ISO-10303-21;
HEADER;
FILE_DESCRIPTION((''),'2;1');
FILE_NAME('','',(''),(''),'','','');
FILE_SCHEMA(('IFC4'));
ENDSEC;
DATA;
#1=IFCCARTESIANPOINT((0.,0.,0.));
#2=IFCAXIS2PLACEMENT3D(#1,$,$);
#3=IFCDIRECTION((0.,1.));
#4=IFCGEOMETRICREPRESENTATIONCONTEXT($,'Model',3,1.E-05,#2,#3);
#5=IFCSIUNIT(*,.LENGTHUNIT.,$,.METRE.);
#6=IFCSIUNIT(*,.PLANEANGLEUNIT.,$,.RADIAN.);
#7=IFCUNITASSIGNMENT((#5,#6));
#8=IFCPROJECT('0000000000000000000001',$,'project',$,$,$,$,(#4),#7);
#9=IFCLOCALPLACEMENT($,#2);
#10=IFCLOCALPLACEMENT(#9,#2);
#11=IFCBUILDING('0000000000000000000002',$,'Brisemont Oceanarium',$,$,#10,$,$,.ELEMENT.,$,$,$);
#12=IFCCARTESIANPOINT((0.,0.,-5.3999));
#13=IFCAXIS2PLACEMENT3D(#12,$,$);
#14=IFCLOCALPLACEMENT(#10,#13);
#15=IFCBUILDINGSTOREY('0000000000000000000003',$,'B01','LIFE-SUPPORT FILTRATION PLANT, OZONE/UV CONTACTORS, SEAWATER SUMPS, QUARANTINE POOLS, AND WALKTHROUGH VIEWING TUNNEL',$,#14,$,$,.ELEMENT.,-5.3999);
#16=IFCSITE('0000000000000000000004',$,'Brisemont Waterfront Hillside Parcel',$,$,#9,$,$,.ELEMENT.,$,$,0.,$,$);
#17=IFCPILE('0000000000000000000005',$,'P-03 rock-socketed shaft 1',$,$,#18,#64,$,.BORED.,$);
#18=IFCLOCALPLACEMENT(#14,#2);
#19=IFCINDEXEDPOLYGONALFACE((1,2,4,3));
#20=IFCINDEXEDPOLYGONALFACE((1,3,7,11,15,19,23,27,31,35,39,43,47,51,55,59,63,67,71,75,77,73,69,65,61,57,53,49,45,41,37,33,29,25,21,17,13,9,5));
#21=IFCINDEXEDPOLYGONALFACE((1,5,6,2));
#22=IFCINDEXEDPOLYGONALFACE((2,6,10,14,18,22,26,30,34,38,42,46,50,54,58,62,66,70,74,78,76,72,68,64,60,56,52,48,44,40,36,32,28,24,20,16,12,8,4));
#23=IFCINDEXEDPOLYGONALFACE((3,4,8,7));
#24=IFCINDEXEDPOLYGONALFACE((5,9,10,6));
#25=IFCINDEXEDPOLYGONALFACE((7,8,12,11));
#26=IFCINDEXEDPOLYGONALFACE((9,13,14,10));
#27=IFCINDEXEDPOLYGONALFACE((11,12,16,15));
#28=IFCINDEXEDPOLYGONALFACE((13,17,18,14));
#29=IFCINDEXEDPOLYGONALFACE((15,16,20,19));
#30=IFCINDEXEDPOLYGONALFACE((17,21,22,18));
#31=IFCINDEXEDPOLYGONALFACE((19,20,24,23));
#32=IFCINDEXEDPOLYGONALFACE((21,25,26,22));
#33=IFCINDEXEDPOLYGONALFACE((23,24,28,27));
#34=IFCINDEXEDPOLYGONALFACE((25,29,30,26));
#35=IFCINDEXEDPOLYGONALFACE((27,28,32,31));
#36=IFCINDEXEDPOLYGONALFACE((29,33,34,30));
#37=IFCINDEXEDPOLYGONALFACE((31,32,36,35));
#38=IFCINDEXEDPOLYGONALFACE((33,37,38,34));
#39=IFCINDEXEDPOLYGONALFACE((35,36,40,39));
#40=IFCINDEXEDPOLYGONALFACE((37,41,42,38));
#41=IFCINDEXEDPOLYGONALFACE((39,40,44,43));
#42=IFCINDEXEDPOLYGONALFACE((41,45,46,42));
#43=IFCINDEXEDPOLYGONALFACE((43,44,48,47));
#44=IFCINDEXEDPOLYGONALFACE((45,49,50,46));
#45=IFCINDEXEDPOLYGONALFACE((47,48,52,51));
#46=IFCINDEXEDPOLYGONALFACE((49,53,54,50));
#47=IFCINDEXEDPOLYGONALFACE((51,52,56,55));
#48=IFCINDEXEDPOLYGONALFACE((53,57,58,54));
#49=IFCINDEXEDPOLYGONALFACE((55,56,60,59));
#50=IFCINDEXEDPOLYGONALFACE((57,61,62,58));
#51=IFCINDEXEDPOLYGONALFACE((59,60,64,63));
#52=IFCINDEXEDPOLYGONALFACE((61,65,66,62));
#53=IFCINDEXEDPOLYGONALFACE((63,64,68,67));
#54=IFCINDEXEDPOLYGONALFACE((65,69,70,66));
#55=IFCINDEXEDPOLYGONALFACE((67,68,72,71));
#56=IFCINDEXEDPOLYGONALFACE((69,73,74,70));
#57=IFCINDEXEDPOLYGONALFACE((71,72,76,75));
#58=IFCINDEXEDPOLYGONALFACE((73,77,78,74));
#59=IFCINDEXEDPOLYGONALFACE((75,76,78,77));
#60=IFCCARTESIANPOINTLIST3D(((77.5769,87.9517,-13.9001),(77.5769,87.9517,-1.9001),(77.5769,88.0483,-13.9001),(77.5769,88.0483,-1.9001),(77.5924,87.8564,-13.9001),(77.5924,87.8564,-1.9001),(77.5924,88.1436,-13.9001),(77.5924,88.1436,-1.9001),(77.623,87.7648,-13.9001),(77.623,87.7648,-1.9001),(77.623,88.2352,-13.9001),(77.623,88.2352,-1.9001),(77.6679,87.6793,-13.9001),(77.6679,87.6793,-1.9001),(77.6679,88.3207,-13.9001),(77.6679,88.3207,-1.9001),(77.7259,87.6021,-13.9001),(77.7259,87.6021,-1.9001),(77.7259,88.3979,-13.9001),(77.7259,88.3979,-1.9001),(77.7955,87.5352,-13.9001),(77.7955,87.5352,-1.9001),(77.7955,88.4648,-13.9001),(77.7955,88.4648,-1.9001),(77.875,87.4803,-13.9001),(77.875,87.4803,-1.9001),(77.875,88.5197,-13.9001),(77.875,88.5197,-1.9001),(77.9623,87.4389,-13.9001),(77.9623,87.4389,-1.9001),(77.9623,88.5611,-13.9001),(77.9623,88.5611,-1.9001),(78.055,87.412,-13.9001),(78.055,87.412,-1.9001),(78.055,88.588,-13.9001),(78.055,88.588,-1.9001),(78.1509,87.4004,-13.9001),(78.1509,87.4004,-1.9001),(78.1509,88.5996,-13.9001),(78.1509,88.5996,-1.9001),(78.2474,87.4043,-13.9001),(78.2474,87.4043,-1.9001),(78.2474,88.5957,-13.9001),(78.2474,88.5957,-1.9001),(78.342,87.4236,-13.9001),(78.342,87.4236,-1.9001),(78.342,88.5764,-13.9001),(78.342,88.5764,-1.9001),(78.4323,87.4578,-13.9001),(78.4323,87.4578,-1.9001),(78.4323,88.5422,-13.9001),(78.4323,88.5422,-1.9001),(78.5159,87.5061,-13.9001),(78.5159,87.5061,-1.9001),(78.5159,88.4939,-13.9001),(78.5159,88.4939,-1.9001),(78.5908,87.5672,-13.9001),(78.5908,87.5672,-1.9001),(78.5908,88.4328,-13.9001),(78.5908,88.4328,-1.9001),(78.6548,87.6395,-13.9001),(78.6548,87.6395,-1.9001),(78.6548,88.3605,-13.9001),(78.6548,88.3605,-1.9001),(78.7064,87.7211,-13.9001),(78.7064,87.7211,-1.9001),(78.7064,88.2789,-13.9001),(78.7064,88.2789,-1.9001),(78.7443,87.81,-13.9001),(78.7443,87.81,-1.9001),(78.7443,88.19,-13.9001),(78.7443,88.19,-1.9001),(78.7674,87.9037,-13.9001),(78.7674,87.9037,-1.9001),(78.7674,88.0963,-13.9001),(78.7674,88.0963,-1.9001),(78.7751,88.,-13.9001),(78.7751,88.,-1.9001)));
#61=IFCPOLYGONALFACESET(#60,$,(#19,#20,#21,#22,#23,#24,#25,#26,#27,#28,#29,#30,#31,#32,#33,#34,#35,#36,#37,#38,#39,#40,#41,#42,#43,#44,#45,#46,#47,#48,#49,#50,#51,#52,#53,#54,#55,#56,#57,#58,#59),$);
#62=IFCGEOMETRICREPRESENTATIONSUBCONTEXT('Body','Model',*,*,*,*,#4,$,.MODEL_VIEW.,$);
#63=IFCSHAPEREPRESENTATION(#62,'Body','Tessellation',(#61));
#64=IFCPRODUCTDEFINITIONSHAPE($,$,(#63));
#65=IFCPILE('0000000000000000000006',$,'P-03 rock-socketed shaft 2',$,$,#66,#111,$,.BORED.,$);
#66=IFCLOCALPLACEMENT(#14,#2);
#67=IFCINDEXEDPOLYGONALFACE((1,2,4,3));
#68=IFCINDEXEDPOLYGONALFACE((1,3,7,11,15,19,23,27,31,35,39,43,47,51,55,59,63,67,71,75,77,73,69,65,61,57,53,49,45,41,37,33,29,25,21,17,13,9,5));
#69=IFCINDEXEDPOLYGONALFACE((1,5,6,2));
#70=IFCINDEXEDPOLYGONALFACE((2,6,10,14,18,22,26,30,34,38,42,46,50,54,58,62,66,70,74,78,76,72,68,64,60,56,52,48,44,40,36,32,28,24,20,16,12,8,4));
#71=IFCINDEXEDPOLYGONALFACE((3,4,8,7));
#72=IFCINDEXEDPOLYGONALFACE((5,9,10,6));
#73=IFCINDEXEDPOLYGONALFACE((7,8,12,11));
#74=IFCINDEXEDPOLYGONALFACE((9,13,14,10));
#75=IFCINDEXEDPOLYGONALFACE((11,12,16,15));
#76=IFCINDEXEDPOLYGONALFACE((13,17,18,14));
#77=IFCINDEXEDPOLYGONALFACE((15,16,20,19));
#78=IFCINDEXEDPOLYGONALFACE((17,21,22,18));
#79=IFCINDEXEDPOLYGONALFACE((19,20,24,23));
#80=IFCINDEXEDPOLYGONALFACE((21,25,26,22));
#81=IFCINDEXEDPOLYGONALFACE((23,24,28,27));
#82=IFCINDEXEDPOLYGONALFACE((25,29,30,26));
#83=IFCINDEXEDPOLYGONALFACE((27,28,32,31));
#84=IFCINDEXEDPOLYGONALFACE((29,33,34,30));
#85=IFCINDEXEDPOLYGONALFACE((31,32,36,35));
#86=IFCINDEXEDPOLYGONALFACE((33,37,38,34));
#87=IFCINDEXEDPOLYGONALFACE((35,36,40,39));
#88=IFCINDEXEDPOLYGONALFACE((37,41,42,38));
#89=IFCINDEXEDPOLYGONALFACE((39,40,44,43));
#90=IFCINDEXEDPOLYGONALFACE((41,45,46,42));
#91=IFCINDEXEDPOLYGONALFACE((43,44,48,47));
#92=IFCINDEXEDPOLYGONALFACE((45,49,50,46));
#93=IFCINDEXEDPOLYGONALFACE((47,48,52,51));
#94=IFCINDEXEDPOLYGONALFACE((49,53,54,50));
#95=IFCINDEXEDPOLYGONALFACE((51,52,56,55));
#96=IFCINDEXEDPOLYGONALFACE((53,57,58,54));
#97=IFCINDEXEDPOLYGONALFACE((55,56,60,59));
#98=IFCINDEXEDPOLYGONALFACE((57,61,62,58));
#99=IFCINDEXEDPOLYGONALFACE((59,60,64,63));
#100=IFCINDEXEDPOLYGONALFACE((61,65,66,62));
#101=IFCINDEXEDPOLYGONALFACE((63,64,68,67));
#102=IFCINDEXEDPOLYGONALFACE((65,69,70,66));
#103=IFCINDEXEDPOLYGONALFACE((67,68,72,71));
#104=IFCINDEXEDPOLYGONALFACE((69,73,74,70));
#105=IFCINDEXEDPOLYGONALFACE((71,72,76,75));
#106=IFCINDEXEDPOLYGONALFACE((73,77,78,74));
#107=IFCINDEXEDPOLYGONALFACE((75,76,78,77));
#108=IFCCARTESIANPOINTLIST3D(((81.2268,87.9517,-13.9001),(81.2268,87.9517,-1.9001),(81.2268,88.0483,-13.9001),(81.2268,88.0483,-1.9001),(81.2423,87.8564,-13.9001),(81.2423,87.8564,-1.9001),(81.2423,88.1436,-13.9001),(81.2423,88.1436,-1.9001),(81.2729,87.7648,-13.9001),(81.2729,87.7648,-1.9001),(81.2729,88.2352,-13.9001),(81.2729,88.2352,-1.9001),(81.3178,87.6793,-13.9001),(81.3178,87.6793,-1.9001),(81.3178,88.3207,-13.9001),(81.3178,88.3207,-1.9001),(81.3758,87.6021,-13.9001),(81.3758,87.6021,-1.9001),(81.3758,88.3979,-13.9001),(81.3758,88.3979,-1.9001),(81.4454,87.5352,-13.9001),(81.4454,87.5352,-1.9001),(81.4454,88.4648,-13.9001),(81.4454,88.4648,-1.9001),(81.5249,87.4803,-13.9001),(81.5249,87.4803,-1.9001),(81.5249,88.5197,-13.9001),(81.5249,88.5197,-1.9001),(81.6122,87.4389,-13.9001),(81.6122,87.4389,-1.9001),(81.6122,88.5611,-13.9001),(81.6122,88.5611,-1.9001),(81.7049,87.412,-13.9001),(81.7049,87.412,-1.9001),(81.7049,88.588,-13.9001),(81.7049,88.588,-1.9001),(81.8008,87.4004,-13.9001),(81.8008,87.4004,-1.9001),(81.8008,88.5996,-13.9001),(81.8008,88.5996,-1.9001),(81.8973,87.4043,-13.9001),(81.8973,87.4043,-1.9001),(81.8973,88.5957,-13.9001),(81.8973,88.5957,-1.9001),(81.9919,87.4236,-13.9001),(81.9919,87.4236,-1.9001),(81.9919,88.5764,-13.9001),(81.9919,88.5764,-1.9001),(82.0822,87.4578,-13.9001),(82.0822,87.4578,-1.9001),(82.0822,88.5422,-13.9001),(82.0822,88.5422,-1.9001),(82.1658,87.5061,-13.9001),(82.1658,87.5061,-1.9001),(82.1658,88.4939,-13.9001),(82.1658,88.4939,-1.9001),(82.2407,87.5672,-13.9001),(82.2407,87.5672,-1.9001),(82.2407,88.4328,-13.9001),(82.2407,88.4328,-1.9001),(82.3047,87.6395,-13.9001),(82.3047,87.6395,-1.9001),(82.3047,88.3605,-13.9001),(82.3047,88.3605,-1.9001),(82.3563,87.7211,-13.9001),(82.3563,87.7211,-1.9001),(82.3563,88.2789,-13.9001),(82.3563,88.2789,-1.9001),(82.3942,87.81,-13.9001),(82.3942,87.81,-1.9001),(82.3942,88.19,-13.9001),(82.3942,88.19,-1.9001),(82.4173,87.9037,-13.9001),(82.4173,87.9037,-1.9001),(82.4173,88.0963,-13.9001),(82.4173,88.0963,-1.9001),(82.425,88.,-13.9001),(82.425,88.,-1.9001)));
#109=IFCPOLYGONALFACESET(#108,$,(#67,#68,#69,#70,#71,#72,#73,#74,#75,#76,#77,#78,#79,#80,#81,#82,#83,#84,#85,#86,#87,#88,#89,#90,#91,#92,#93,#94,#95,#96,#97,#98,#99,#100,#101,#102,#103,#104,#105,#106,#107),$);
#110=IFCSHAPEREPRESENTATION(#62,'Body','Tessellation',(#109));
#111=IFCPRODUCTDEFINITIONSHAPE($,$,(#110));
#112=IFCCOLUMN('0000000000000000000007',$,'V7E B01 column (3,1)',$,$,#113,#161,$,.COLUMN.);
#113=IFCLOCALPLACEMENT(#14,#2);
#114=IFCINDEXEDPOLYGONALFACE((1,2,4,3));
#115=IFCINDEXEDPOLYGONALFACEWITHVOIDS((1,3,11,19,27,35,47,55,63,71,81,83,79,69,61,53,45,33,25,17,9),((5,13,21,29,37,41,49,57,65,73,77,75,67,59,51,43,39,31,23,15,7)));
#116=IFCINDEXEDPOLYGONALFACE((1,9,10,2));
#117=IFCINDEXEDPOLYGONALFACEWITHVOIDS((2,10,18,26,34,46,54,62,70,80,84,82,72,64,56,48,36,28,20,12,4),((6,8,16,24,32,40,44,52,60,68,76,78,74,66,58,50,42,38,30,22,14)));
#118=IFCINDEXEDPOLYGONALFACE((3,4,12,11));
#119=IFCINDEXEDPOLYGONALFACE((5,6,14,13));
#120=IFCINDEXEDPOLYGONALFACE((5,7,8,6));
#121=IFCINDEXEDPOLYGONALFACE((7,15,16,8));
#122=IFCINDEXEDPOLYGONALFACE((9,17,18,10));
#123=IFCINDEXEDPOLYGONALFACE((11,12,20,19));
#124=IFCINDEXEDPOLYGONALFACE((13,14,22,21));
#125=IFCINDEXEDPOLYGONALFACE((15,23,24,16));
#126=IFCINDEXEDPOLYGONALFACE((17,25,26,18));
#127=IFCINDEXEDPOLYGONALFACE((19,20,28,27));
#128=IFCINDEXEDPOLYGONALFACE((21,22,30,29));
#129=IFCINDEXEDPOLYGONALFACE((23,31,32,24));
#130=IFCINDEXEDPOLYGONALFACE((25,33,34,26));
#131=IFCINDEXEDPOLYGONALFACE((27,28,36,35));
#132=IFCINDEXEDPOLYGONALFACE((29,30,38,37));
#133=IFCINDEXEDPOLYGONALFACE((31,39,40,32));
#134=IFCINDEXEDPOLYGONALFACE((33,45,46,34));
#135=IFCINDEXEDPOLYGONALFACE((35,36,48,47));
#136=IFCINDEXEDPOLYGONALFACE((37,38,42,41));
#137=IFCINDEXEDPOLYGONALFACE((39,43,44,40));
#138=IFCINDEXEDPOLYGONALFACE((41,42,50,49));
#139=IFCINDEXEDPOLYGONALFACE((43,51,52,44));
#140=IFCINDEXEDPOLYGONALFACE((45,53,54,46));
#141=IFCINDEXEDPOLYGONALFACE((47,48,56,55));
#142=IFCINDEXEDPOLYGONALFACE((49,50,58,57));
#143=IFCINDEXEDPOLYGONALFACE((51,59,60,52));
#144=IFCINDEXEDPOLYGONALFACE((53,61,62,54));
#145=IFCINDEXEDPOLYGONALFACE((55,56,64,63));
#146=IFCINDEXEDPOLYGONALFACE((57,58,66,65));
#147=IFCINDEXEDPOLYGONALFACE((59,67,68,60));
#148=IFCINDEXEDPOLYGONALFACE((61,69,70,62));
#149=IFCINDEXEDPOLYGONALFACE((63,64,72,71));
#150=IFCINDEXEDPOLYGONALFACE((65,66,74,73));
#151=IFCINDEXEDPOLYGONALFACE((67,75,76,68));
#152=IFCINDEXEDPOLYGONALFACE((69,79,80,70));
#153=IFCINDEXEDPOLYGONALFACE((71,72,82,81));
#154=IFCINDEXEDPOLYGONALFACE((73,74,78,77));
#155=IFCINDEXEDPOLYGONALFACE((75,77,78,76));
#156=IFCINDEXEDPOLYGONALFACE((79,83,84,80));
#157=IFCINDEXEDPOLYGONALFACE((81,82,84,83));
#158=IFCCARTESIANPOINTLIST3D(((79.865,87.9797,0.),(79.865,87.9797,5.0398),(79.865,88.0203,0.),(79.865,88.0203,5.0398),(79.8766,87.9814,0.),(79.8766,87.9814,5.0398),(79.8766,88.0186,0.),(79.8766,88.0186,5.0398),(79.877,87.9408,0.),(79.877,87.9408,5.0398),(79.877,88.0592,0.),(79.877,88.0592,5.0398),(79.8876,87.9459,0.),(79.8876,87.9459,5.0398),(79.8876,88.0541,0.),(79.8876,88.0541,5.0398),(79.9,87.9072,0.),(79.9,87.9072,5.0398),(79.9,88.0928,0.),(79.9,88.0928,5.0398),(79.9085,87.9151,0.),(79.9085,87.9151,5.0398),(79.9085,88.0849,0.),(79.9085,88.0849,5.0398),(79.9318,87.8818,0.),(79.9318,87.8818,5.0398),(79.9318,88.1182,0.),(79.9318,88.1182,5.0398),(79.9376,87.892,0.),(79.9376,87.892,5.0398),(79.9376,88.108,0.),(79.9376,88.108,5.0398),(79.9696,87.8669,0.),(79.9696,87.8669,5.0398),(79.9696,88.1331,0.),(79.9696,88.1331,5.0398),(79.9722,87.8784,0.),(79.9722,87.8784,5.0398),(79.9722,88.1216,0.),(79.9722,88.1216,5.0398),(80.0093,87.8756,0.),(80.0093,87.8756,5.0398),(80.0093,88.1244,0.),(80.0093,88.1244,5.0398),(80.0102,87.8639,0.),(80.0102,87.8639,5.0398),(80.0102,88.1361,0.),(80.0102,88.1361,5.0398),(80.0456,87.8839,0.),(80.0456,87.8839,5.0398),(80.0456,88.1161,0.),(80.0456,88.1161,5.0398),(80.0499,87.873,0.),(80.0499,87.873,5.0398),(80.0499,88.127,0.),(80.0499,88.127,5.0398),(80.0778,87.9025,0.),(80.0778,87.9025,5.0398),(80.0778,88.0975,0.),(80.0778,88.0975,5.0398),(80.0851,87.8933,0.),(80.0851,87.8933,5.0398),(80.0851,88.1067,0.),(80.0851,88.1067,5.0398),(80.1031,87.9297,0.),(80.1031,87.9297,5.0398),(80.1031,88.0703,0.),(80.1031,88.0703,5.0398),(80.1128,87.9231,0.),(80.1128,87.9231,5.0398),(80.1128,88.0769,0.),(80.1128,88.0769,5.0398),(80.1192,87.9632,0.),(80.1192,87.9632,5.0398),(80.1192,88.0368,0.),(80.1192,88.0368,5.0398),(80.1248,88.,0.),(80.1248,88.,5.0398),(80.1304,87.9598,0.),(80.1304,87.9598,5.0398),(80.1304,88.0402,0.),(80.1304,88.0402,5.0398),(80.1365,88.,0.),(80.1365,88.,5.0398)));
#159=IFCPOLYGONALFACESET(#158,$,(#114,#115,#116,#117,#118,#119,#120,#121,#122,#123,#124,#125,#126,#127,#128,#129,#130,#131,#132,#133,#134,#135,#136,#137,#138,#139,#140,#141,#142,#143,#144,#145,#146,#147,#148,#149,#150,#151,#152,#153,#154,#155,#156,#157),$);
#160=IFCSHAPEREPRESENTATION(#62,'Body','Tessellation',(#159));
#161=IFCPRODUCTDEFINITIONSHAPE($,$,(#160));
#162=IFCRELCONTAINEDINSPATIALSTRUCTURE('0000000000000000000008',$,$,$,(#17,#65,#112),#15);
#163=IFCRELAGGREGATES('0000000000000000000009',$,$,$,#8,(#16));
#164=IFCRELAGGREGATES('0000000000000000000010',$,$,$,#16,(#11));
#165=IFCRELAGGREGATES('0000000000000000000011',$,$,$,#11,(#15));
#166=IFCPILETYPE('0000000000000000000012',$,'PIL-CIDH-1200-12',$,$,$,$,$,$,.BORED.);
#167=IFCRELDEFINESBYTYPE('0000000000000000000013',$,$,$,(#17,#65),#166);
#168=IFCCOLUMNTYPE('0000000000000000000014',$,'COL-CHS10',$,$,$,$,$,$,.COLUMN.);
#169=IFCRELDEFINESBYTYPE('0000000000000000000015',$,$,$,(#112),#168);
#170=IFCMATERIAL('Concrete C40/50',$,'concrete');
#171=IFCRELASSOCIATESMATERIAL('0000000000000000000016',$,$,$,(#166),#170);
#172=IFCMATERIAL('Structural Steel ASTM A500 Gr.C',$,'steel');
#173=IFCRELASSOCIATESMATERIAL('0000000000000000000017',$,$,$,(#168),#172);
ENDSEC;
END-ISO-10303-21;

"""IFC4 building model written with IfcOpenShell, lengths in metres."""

from ifc_helpers import new_model, si_unit, direction, frame, origin, origin_2d, place, context, subcontext, project, spatial, circle, hollow_circle, extrude, material, material_profile, profile_set, type_object, element, save


model = new_model("IFC4")

# Units and contexts
model_context = context("Model", 3, precision=1e-05, world=origin(), true_north=direction((0.0, 1.0)))
body_context = subcontext(model_context, "Body", "Model", "MODEL_VIEW")
ifc_project = project(units=[si_unit("LENGTHUNIT", "METRE"), si_unit("PLANEANGLEUNIT", "RADIAN")], contexts=[model_context])

# Site, building, storey
site_placement = place(None, origin())
site = spatial("IfcSite", under=ifc_project, at=site_placement, Name="Brisemont Waterfront Hillside Parcel", CompositionType="ELEMENT", RefElevation=0.0)
building_placement = place(site_placement, origin())
building = spatial("IfcBuilding", under=site, at=building_placement, Name="Brisemont Oceanarium", CompositionType="ELEMENT")
storey_placement = place(building_placement, frame((0.0, 0.0, -5.3999)))
storey = spatial("IfcBuildingStorey", under=building, at=storey_placement, Name="B01", Description="LIFE-SUPPORT FILTRATION PLANT, OZONE/UV CONTACTORS, SEAWATER SUMPS, QUARANTINE POOLS, AND WALKTHROUGH VIEWING TUNNEL", CompositionType="ELEMENT", Elevation=-5.3999)

# Piles
ifc_material_1 = material(Name="Concrete C40/50", Category="concrete")
ifc_material_profile_1 = material_profile(ifc_material_1, circle(Radius=0.6001, at=origin_2d()), Name="CIDH-D1200")
ifc_profile_set_1 = profile_set([ifc_material_profile_1], Name="Concrete C40/50")
pile_type = type_object("IfcPileType", Name="PIL-CIDH-1200-12", PredefinedType="BORED", material=ifc_profile_set_1)
for number, where, z_axis, x_axis, name in (
    (1, (78.175, 88.0, -1.9001), (0.0, 0.0, -1.0), (1.0, 0.0, 0.0), "P-03 rock-socketed shaft 1"),
    (2, (81.825, 88.0, -1.9001), (0.0, 0.0, -1.0), (1.0, 0.0, 0.0), "P-03 rock-socketed shaft 2"),
):
    element("IfcPile", number, at=place(storey_placement, frame(where, z_axis=z_axis, x_axis=x_axis)), inside=storey, type_object=pile_type, Name=name, PredefinedType="BORED", context=body_context, shape_type="SweptSolid", body=[
        extrude(circle(Radius=0.6001, at=origin_2d()), origin(), (0.0, 0.0, 1.0), 12.0),
    ])

# Column
ifc_material_2 = material(Name="Structural Steel ASTM A500 Gr.C", Category="steel")
ifc_material_profile_2 = material_profile(ifc_material_2, hollow_circle(Radius=0.1365, WallThickness=0.0117, at=origin_2d()), Name="HSS10.750X0.500")
ifc_profile_set_2 = profile_set([ifc_material_profile_2], Name="Structural Steel ASTM A500 Gr.C")
column_type_1 = type_object("IfcColumnType", Name="COL-CHS10", PredefinedType="COLUMN", material=ifc_profile_set_2)
column_1_placement = place(storey_placement, frame((80.0, 88.0, 0.0), z_axis=(0.0, 0.0, 1.0), x_axis=(1.0, 0.0, 0.0)))
element("IfcColumn", 3, at=column_1_placement, inside=storey, type_object=column_type_1, Name="V7E B01 column (3,1)", PredefinedType="COLUMN", context=body_context, shape_type="SweptSolid", body=[
    extrude(hollow_circle(Radius=0.1365, WallThickness=0.0117, at=origin_2d()), origin(), (0.0, 0.0, 1.0), 5.0398),
])

save(model, "model.ifc")
